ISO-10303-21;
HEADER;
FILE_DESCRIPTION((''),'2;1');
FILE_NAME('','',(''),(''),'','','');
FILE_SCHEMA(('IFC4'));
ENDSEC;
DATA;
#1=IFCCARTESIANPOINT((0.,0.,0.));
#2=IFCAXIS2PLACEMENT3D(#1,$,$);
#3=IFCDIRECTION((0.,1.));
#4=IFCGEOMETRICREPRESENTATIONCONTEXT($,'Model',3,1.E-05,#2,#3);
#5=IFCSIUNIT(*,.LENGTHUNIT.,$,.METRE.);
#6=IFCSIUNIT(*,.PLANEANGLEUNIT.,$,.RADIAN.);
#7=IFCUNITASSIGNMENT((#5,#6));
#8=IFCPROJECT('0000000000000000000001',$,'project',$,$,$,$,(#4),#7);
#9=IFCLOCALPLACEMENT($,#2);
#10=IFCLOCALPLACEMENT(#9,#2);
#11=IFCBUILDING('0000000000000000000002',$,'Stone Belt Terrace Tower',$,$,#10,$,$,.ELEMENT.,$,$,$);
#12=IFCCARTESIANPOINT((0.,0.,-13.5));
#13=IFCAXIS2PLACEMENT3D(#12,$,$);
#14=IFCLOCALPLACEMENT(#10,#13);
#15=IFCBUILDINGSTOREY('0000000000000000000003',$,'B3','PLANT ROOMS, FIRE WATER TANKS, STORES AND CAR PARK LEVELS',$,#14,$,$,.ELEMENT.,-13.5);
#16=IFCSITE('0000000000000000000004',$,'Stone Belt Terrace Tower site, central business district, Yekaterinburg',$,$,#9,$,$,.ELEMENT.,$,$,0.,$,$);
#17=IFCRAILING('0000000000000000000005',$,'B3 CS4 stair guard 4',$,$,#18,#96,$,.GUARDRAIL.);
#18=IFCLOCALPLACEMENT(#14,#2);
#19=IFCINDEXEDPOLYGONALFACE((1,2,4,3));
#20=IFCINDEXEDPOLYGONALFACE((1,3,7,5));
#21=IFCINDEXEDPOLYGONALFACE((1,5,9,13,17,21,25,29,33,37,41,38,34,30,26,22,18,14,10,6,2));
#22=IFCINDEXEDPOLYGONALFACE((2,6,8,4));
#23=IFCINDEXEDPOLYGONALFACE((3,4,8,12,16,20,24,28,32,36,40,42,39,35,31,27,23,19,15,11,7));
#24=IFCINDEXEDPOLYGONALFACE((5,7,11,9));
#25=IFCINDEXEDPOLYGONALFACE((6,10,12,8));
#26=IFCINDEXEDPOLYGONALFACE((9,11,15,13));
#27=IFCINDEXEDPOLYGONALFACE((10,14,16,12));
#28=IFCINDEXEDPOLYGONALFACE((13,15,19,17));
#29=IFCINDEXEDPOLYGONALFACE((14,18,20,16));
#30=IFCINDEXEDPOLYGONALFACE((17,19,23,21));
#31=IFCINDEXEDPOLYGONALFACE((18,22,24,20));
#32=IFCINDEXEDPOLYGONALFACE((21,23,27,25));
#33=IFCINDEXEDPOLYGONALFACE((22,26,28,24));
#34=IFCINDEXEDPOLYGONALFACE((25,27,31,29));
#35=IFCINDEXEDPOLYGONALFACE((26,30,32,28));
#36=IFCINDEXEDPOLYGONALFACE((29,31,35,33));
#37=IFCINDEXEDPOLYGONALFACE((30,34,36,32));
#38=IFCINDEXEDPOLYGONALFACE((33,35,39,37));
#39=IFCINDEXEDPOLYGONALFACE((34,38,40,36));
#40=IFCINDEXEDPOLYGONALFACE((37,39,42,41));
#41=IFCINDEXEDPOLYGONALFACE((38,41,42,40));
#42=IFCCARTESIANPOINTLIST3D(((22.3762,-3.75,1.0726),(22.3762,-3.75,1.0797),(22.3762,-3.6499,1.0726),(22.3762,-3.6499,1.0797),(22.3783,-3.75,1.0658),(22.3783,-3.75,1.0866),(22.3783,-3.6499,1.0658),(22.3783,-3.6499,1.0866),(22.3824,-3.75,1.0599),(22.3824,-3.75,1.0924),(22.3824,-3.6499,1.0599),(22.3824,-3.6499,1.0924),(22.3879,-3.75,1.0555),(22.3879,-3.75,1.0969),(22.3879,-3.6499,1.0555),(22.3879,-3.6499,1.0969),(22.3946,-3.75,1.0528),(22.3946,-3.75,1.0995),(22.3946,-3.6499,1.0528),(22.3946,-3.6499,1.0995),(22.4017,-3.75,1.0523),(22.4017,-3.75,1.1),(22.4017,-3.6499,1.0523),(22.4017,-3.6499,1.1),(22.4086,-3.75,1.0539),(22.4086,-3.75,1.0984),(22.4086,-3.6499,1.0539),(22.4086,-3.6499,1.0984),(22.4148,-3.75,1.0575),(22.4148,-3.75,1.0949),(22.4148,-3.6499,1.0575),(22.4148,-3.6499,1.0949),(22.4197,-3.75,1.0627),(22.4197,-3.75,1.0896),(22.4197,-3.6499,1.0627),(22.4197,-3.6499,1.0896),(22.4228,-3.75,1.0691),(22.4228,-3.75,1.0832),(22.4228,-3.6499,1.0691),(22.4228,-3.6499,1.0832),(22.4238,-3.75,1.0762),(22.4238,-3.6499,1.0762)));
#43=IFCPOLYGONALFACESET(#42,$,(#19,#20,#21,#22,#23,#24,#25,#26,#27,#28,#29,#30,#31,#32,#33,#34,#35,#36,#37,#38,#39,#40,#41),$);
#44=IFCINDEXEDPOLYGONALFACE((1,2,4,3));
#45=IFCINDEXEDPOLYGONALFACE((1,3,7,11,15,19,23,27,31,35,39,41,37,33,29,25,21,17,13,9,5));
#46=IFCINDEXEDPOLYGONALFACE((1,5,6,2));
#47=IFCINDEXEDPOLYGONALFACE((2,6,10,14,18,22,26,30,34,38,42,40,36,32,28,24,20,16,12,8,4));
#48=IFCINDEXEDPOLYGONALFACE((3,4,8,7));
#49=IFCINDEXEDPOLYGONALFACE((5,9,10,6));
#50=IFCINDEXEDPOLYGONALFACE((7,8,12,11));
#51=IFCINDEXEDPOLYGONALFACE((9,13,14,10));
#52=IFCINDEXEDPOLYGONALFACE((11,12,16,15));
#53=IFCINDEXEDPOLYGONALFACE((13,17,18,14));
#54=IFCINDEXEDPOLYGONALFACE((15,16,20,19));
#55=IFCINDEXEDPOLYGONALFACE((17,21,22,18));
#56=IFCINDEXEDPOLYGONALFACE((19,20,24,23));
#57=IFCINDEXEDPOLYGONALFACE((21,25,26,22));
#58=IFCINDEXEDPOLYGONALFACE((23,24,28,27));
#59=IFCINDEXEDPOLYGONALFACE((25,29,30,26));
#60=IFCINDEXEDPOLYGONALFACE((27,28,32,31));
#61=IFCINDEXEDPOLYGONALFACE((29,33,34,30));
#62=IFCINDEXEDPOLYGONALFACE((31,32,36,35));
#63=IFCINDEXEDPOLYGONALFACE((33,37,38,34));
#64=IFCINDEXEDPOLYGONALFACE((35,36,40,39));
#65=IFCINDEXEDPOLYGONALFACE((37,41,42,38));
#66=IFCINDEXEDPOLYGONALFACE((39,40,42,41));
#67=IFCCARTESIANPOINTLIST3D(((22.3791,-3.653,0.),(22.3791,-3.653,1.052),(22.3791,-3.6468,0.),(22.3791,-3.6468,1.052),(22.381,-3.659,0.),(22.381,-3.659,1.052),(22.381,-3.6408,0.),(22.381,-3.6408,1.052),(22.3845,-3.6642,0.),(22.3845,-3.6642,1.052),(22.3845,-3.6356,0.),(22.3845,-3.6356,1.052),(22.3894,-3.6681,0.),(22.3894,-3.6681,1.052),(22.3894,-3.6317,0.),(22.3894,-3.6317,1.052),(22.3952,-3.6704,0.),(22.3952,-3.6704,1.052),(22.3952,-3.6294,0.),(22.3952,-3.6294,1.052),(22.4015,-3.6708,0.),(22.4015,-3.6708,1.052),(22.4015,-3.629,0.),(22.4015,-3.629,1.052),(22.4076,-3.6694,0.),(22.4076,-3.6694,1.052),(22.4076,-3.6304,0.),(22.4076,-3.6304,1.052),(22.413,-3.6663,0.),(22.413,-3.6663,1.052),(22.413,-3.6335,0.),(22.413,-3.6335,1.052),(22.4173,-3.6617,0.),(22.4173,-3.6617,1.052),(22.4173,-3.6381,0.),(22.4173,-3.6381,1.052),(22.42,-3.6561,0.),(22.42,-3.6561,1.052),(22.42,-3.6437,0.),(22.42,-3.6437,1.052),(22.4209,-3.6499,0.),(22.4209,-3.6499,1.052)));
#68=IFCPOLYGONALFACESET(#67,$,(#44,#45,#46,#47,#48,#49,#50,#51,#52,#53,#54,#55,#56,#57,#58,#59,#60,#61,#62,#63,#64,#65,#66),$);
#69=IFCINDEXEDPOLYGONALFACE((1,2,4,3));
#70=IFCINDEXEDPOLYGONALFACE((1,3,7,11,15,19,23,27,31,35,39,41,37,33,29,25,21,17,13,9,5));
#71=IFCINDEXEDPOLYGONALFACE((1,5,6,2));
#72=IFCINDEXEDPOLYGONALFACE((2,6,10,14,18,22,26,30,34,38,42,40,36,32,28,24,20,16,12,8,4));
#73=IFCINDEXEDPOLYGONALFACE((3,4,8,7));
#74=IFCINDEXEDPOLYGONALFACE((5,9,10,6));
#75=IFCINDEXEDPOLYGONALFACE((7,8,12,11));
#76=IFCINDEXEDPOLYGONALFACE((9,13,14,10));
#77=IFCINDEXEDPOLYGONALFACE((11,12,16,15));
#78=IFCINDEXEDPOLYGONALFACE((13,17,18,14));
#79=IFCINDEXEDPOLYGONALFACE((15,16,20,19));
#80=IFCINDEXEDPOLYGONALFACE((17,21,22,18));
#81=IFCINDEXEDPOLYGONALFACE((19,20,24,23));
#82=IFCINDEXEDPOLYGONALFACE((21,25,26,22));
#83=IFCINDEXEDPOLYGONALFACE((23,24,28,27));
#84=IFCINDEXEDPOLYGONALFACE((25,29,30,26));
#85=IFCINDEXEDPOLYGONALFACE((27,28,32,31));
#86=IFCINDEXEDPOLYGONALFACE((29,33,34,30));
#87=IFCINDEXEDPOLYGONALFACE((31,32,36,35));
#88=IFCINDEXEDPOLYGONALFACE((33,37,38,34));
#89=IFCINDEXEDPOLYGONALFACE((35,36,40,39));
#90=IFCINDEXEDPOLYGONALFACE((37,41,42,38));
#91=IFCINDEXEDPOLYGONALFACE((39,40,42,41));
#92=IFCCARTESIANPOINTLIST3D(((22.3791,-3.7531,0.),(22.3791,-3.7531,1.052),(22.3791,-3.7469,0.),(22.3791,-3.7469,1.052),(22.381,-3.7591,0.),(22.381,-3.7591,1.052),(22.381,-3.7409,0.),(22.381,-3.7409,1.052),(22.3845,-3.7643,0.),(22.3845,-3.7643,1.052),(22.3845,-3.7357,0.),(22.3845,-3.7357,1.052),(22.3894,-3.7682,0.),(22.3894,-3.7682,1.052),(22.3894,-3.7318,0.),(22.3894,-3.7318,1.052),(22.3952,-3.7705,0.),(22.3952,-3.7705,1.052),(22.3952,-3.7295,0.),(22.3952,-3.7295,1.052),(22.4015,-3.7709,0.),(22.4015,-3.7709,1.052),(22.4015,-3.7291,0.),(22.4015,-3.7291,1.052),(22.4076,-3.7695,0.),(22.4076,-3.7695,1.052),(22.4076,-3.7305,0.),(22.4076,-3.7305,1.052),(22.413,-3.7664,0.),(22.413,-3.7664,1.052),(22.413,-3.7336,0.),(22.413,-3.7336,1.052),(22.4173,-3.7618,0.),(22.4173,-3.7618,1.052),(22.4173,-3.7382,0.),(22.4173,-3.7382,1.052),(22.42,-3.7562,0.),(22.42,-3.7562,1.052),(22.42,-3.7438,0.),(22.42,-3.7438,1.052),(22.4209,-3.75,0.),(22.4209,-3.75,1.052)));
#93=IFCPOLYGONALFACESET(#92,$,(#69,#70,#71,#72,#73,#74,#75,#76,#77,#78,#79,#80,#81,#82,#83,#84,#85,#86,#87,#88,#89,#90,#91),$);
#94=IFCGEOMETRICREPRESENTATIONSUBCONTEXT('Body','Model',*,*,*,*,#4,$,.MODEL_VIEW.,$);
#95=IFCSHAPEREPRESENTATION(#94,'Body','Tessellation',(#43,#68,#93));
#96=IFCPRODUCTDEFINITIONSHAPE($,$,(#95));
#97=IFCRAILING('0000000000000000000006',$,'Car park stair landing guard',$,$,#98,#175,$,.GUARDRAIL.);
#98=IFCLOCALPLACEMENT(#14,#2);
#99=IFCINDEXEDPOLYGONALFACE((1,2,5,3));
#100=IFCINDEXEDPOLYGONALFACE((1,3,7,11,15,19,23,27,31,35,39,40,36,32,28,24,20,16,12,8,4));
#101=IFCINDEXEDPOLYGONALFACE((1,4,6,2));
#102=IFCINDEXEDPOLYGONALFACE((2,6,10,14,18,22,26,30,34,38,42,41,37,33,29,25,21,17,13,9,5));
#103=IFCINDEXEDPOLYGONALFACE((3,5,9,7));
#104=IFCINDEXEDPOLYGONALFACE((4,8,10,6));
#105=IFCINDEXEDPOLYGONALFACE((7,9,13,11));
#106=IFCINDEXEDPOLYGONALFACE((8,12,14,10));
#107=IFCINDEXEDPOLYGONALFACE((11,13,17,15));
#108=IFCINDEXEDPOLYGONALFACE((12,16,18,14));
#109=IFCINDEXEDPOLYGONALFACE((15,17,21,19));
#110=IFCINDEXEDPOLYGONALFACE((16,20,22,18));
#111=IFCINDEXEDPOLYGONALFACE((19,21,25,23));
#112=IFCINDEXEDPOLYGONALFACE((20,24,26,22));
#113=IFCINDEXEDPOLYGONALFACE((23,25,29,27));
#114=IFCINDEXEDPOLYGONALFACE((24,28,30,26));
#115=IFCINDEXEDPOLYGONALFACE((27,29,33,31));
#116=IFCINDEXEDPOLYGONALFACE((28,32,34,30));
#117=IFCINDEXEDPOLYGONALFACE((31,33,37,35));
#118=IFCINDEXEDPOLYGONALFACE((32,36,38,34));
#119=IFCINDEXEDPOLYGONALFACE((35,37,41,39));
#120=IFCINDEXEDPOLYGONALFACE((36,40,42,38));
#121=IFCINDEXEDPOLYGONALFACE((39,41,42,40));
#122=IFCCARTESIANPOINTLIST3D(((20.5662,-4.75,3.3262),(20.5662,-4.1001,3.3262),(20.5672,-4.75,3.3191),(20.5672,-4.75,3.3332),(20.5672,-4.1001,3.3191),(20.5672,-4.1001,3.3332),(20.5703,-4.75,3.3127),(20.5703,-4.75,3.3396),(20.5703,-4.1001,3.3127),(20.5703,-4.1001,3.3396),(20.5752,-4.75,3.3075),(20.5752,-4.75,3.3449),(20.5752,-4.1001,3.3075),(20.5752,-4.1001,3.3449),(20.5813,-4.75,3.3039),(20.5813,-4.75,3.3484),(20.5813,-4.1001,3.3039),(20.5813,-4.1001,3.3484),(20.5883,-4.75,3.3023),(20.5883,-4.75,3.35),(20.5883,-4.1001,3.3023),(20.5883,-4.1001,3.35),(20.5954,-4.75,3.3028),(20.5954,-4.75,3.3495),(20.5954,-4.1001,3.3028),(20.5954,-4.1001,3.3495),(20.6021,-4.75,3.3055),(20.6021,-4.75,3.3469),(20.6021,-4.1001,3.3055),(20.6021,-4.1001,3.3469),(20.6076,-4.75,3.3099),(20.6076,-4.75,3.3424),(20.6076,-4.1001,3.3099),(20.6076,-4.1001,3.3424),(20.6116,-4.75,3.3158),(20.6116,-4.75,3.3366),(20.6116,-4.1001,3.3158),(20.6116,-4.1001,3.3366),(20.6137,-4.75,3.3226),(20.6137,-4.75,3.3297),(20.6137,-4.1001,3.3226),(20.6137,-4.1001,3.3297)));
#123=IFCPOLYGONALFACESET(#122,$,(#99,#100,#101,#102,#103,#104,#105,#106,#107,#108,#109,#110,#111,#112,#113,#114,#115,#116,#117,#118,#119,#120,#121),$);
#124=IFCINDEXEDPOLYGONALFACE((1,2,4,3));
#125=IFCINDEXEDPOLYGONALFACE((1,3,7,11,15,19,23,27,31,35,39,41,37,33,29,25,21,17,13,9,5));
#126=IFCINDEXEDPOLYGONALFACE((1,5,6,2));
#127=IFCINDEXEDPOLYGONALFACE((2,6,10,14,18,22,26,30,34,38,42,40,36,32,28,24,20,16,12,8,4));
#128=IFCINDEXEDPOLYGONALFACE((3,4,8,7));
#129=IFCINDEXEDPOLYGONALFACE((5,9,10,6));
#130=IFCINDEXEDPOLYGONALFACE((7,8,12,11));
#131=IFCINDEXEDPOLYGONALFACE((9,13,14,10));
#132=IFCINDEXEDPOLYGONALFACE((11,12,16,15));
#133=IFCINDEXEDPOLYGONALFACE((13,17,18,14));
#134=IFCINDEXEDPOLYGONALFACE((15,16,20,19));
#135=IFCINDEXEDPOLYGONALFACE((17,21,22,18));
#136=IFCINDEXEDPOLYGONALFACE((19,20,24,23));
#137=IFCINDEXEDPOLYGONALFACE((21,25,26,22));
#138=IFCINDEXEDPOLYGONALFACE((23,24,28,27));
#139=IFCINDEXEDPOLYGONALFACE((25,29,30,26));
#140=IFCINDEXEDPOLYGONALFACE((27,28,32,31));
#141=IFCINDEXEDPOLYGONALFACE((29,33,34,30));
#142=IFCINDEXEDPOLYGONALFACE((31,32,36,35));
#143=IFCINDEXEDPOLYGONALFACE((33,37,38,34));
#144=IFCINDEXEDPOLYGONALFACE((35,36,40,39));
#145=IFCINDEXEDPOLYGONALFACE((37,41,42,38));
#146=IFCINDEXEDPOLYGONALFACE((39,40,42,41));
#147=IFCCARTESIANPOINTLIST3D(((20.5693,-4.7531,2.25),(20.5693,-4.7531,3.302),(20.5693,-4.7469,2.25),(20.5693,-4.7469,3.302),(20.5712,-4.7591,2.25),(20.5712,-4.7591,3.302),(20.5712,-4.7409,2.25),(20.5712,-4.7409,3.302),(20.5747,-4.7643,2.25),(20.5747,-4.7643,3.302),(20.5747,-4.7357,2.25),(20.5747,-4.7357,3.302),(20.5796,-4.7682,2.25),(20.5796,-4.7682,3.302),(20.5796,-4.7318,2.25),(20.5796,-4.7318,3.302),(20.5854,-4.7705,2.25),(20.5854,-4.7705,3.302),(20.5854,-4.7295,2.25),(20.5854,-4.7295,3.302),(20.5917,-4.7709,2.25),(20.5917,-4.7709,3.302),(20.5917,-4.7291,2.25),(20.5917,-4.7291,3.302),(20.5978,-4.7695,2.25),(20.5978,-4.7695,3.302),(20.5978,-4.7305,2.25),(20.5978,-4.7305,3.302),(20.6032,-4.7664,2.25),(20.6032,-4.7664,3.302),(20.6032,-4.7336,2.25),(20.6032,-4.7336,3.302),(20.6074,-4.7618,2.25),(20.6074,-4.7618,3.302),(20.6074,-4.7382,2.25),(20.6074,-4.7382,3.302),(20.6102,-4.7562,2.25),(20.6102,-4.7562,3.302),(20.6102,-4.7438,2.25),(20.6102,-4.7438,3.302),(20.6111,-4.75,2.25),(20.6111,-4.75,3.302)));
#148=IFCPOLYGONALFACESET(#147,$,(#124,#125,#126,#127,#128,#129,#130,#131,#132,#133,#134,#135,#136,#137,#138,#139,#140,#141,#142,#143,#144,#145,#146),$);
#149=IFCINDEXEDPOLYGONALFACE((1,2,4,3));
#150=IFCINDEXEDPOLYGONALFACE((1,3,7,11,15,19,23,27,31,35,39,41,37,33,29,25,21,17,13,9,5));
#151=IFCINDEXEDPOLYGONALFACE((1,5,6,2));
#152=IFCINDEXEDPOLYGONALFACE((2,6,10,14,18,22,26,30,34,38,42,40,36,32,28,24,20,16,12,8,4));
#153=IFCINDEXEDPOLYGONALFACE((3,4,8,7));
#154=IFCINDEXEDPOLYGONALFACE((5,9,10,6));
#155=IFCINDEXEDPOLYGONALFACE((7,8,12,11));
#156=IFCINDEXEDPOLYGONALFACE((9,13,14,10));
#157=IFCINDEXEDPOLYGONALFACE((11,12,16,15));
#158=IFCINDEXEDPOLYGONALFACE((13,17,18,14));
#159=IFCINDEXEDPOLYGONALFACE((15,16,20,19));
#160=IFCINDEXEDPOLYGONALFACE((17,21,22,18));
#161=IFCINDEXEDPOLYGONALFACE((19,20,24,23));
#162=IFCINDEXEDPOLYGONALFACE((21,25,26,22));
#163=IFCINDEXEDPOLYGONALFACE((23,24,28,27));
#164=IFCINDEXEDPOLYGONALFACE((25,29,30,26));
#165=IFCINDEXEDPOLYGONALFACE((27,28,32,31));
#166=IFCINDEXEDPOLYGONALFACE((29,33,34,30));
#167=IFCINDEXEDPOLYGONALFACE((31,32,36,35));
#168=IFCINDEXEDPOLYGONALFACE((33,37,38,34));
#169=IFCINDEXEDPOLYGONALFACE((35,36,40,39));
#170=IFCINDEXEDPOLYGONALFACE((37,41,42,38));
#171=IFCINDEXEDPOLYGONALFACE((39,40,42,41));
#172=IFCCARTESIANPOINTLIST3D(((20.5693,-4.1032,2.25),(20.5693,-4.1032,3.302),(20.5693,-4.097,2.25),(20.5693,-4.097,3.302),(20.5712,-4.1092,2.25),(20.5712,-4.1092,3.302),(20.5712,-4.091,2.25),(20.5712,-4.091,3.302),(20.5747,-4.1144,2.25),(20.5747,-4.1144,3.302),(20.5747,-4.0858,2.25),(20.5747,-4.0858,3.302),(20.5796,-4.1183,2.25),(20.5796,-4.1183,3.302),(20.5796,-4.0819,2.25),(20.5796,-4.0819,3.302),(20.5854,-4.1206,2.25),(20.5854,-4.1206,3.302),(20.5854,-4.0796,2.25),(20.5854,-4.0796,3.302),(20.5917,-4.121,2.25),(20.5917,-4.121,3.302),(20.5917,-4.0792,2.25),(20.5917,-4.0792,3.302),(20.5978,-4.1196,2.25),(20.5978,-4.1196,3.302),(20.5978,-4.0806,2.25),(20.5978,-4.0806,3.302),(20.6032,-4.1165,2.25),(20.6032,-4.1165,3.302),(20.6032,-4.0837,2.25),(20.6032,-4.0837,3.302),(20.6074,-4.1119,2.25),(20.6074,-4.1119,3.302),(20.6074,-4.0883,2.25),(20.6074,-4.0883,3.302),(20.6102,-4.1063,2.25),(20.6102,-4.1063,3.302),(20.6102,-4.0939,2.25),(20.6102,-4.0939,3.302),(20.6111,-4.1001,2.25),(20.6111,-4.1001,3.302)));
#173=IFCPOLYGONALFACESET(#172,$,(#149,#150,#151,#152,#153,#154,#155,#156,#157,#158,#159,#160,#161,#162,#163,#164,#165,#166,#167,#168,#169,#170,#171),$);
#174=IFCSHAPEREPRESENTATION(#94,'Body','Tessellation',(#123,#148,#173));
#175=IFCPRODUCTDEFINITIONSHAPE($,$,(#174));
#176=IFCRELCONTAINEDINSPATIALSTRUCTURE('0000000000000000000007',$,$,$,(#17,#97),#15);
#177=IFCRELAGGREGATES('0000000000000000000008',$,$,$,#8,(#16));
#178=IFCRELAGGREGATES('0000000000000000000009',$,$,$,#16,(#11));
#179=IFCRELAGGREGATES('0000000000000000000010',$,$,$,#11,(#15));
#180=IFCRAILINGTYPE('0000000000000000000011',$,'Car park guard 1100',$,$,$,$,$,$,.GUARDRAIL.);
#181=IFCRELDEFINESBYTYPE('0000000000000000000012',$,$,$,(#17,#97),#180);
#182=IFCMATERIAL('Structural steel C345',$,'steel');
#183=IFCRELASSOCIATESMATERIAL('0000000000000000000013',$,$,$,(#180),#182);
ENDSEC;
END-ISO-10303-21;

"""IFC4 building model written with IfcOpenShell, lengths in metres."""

from ifc_helpers import new_model, si_unit, direction, frame, origin, origin_2d, place, context, subcontext, project, spatial, circle, extrude, material, type_object, element, save


model = new_model("IFC4")

# Units and contexts
model_context = context("Model", 3, precision=1e-05, world=origin(), true_north=direction((0.0, 1.0)))
body_context = subcontext(model_context, "Body", "Model", "MODEL_VIEW")
ifc_project = project(units=[si_unit("LENGTHUNIT", "METRE"), si_unit("PLANEANGLEUNIT", "RADIAN")], contexts=[model_context])

# Site, building, storey
site_placement = place(None, origin())
site = spatial("IfcSite", under=ifc_project, at=site_placement, Name="Stone Belt Terrace Tower site, central business district, Yekaterinburg", CompositionType="ELEMENT", RefElevation=0.0)
building_placement = place(site_placement, origin())
building = spatial("IfcBuilding", under=site, at=building_placement, Name="Stone Belt Terrace Tower", CompositionType="ELEMENT")
storey_placement = place(building_placement, frame((0.0, 0.0, -13.5)))
storey = spatial("IfcBuildingStorey", under=building, at=storey_placement, Name="B3", Description="PLANT ROOMS, FIRE WATER TANKS, STORES AND CAR PARK LEVELS", CompositionType="ELEMENT", Elevation=-13.5)

# Railings
ifc_material_1 = material(Name="Structural steel C345", Category="steel")
railing_type_1 = type_object("IfcRailingType", Name="Car park guard 1100", PredefinedType="GUARDRAIL", material=ifc_material_1)
railing_1_placement = place(storey_placement, frame((22.3999, -3.6499, 0.0)))
element("IfcRailing", 1, at=railing_1_placement, inside=storey, type_object=railing_type_1, Name="B3 CS4 stair guard 4", PredefinedType="GUARDRAIL", context=body_context, shape_type="SweptSolid", body=[
    extrude(circle(Radius=0.0239, at=origin_2d()), frame((0.0, 0.0, 1.0762), z_axis=(0.0, -1.0, 0.0), x_axis=(1.0, 0.0, 0.0)), (0.0, 0.0, 1.0), 0.1001),
    extrude(circle(Radius=0.021, at=origin_2d()), origin(), (0.0, 0.0, 1.0), 1.052),
    extrude(circle(Radius=0.021, at=origin_2d()), frame((0.0, -0.1001, 0.0)), (0.0, 0.0, 1.0), 1.052),
])
railing_2_placement = place(storey_placement, frame((20.5901, -4.75, 2.25)))
element("IfcRailing", 2, at=railing_2_placement, inside=storey, type_object=railing_type_1, Name="Car park stair landing guard", PredefinedType="GUARDRAIL", context=body_context, shape_type="SweptSolid", body=[
    extrude(circle(Radius=0.0239, at=origin_2d()), frame((0.0, 0.0, 1.0762), z_axis=(0.0, 1.0, 0.0), x_axis=(-1.0, 0.0, 0.0)), (0.0, 0.0, 1.0), 0.6499),
    extrude(circle(Radius=0.021, at=origin_2d()), origin(), (0.0, 0.0, 1.0), 1.052),
    extrude(circle(Radius=0.021, at=origin_2d()), frame((0.0, 0.6499, 0.0)), (0.0, 0.0, 1.0), 1.052),
])

save(model, "model.ifc")
